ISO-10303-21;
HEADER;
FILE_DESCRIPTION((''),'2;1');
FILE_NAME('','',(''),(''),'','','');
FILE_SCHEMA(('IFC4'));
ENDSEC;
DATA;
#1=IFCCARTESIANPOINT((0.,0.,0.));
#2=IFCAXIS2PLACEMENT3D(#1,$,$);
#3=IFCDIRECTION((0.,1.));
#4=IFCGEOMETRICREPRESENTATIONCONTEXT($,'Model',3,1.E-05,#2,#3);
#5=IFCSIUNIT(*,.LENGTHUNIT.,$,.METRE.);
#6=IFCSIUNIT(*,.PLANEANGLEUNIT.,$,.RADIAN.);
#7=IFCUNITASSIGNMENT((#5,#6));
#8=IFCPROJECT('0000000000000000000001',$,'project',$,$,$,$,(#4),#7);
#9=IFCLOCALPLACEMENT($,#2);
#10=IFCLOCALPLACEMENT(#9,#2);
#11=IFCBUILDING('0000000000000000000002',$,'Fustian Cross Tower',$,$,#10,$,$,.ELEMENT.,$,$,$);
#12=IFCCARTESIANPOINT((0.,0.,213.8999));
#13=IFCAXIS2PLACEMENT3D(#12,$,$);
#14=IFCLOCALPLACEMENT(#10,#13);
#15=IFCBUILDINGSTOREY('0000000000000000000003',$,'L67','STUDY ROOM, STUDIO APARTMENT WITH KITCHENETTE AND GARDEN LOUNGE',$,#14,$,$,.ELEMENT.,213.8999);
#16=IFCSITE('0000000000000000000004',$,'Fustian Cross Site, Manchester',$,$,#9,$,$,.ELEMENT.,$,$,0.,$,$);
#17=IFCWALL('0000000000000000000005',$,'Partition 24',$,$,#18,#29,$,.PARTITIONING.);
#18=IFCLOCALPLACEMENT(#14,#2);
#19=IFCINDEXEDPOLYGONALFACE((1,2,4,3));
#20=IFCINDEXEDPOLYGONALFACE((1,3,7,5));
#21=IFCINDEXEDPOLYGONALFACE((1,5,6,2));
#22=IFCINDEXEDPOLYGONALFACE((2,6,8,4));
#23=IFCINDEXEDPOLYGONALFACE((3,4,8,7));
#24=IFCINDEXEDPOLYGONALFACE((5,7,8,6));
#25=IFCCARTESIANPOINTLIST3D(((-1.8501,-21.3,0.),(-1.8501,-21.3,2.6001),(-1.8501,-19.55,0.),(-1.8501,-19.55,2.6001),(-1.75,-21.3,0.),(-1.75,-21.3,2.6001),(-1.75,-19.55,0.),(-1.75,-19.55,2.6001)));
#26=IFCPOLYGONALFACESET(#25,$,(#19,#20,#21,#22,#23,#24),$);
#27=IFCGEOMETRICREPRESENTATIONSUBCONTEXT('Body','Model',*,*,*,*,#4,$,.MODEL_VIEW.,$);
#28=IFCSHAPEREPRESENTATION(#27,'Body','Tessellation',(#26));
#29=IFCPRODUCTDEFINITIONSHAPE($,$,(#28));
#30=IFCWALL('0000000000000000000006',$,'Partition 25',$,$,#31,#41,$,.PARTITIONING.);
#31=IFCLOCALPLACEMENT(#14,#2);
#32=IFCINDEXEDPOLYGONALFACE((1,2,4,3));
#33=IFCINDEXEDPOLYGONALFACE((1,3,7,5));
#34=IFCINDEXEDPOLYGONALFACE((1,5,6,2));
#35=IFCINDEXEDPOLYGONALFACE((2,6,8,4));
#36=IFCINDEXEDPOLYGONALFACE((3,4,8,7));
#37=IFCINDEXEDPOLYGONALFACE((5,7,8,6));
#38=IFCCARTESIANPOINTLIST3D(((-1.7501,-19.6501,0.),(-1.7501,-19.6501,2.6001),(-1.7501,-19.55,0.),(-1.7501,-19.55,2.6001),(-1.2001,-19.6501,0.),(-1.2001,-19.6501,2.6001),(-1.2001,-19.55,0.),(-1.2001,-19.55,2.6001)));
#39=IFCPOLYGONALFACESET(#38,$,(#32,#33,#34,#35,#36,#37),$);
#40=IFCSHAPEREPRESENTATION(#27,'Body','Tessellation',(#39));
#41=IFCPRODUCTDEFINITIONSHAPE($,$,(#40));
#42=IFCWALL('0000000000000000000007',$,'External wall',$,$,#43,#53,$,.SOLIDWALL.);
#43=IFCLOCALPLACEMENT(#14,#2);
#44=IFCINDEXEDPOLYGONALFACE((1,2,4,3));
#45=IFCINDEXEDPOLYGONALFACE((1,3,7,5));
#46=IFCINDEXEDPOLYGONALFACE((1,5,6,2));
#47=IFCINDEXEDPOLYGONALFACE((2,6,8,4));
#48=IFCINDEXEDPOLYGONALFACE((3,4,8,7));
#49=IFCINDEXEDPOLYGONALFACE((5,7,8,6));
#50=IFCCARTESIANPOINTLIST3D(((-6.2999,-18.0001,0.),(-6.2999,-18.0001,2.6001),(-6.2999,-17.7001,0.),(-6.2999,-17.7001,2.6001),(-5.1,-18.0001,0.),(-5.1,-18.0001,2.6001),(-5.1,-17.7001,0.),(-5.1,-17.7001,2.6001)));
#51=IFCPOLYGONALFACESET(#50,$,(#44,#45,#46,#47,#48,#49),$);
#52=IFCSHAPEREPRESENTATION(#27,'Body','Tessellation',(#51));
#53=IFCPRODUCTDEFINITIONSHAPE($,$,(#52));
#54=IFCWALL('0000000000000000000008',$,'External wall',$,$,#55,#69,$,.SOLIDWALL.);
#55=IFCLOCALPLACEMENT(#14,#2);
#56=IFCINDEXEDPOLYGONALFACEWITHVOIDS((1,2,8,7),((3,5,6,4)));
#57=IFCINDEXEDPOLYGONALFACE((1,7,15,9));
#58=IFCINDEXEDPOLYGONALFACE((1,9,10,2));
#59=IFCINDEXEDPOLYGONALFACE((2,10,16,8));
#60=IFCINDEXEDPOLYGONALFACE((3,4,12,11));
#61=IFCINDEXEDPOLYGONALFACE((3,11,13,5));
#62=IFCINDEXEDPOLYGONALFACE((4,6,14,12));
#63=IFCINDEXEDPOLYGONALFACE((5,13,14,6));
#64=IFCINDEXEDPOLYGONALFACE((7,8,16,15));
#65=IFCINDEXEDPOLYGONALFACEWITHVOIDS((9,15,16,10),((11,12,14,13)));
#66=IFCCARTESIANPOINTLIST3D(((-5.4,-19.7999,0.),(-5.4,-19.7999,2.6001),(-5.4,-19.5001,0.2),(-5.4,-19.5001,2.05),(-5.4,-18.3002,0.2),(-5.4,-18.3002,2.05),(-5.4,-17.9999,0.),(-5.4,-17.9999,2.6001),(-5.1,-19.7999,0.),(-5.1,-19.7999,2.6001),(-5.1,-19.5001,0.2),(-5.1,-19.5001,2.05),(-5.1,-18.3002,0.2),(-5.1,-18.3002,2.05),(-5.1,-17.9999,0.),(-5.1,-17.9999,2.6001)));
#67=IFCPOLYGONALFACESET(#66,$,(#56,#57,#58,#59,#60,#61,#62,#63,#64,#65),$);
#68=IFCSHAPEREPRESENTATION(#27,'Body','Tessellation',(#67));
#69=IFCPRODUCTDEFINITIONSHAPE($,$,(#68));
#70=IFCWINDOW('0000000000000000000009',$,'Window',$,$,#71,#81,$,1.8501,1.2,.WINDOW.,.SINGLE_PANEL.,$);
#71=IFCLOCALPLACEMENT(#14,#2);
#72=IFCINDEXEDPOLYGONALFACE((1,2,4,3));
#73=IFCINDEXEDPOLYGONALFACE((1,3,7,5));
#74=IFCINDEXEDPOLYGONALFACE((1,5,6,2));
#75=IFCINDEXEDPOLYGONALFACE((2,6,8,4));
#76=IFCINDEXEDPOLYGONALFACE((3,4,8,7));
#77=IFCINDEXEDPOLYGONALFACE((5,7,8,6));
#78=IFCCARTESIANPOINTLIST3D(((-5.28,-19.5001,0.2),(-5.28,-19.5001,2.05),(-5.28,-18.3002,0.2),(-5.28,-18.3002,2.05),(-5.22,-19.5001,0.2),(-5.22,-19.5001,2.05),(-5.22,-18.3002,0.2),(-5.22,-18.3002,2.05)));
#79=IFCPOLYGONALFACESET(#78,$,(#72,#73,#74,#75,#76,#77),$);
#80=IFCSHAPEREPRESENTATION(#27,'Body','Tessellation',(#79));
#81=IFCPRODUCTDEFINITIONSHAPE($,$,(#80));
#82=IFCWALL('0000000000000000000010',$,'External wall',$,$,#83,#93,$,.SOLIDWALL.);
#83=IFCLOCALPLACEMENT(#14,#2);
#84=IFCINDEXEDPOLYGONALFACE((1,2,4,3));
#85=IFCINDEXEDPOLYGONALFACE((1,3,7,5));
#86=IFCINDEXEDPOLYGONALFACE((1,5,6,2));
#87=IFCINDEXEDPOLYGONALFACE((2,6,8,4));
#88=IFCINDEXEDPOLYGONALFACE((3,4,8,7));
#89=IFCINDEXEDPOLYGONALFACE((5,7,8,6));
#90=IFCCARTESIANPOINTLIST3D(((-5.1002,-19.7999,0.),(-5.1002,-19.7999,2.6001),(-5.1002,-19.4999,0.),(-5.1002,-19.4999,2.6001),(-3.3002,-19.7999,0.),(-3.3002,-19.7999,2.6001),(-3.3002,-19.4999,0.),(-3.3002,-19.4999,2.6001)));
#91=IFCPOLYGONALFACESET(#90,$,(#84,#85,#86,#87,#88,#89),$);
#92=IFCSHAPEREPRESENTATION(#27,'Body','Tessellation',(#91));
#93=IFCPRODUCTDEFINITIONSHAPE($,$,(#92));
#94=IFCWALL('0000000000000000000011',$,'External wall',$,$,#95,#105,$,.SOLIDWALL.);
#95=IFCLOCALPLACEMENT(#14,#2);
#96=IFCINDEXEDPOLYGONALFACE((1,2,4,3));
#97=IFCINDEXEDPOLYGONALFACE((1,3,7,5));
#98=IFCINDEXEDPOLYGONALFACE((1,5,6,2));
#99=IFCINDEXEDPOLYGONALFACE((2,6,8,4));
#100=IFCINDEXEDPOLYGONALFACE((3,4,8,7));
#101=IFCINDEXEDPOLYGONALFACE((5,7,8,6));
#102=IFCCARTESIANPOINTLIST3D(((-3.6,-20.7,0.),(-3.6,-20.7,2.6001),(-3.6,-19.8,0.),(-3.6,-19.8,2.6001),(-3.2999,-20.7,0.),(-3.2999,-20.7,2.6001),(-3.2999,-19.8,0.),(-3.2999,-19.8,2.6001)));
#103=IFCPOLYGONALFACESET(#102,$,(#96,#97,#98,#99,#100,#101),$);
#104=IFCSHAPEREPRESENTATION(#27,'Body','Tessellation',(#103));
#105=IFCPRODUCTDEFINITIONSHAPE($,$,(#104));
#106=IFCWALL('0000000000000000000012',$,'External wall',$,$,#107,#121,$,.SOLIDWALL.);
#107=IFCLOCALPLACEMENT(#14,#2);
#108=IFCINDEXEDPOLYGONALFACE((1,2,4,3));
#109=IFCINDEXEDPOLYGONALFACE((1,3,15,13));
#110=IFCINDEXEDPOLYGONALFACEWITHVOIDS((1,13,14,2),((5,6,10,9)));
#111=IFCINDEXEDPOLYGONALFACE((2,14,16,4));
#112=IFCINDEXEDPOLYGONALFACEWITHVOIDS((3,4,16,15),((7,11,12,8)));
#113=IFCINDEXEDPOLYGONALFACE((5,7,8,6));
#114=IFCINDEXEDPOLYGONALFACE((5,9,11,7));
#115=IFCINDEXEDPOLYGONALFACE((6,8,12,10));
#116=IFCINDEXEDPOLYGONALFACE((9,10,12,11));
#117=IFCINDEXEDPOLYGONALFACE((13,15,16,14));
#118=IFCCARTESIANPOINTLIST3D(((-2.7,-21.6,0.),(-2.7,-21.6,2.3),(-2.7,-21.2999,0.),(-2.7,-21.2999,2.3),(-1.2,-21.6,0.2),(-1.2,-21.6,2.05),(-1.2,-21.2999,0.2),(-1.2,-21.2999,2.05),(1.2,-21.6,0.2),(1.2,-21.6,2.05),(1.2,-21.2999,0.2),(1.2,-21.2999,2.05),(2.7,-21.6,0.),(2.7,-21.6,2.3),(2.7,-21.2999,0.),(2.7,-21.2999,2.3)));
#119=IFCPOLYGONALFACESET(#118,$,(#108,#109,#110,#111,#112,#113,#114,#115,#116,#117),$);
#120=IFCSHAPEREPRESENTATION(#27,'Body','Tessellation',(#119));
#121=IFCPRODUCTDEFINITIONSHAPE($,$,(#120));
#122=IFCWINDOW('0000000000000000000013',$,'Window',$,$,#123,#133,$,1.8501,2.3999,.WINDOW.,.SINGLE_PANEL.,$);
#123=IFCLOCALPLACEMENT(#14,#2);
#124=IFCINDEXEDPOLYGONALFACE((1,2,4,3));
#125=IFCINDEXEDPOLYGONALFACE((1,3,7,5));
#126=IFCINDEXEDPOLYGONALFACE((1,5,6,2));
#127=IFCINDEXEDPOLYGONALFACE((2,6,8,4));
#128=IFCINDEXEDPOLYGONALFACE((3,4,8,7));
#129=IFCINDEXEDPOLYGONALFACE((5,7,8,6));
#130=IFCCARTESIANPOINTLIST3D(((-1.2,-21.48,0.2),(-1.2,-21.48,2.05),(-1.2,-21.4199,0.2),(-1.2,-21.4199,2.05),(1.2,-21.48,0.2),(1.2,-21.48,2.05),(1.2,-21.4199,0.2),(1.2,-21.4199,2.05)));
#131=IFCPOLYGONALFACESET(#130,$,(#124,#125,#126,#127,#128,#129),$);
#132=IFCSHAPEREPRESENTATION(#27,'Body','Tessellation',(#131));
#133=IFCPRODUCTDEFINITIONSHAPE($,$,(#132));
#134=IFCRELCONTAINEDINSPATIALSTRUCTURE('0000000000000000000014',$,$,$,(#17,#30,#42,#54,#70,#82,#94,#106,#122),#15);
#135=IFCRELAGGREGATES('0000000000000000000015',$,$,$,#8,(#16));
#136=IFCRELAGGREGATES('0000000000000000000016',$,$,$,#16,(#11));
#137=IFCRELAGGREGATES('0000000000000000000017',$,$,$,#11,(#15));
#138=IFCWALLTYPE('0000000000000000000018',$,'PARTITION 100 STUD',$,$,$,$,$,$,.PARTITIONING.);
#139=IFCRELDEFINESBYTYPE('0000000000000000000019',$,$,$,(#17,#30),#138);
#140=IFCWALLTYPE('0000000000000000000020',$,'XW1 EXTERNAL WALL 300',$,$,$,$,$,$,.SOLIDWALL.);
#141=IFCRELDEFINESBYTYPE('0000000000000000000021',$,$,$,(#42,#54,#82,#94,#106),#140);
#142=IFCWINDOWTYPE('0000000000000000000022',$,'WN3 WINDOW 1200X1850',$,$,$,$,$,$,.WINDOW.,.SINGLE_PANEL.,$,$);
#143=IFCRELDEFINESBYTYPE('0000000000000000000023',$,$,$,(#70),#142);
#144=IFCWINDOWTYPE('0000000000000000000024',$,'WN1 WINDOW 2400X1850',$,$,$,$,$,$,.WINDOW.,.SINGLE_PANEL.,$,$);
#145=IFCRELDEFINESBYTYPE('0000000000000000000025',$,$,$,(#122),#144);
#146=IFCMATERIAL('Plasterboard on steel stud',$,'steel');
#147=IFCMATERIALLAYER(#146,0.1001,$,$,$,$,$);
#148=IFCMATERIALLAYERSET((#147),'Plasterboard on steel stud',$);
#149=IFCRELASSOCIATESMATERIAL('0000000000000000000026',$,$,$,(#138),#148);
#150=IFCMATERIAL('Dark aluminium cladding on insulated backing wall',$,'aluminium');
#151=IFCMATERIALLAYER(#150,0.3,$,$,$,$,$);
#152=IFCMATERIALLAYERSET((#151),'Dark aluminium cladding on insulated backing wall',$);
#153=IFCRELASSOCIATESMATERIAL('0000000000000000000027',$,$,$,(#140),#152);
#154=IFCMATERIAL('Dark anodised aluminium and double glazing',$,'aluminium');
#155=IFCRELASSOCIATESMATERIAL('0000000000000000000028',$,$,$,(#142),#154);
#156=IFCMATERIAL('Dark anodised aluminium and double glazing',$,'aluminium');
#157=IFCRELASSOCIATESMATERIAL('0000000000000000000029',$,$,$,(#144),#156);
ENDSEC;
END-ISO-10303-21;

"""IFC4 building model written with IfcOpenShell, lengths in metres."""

from ifc_helpers import new_model, si_unit, direction, frame, frame_2d, origin, place, context, subcontext, project, spatial, rectangle, extrude, material, layer, layer_set, type_object, element, fill, save


model = new_model("IFC4")

# Units and contexts
model_context = context("Model", 3, precision=1e-05, world=origin(), true_north=direction((0.0, 1.0)))
body_context = subcontext(model_context, "Body", "Model", "MODEL_VIEW")
ifc_project = project(units=[si_unit("LENGTHUNIT", "METRE"), si_unit("PLANEANGLEUNIT", "RADIAN")], contexts=[model_context])

# Site, building, storey
site_placement = place(None, origin())
site = spatial("IfcSite", under=ifc_project, at=site_placement, Name="Fustian Cross Site, Manchester", CompositionType="ELEMENT", RefElevation=0.0)
building_placement = place(site_placement, origin())
building = spatial("IfcBuilding", under=site, at=building_placement, Name="Fustian Cross Tower", CompositionType="ELEMENT")
storey_placement = place(building_placement, frame((0.0, 0.0, 213.8999)))
storey = spatial("IfcBuildingStorey", under=building, at=storey_placement, Name="L67", Description="STUDY ROOM, STUDIO APARTMENT WITH KITCHENETTE AND GARDEN LOUNGE", CompositionType="ELEMENT", Elevation=213.8999)

# Walls
ifc_material_1 = material(Name="Plasterboard on steel stud", Category="steel")
ifc_layer_1 = layer(ifc_material_1, 0.1001)
ifc_layer_set_1 = layer_set([ifc_layer_1], Name="Plasterboard on steel stud")
wall_type_1 = type_object("IfcWallType", Name="PARTITION 100 STUD", PredefinedType="PARTITIONING", material=ifc_layer_set_1)
wall_1_placement = place(storey_placement, frame((-1.8, -21.3, 0.0), z_axis=(0.0, 0.0, 1.0), x_axis=(0.0, 1.0, 0.0)))
element("IfcWall", 1, at=wall_1_placement, inside=storey, type_object=wall_type_1, Name="Partition 24", PredefinedType="PARTITIONING", context=body_context, shape_type="SweptSolid", body=[
    extrude(rectangle(XDim=1.75, YDim=0.1001, at=frame_2d((0.875, 0.0))), origin(), (0.0, 0.0, 1.0), 2.6001),
])
wall_2_placement = place(storey_placement, frame((-1.75, -19.6001, 0.0), z_axis=(0.0, 0.0, 1.0), x_axis=(1.0, 0.0, 0.0)))
element("IfcWall", 2, at=wall_2_placement, inside=storey, type_object=wall_type_1, Name="Partition 25", PredefinedType="PARTITIONING", context=body_context, shape_type="SweptSolid", body=[
    extrude(rectangle(XDim=0.55, YDim=0.1001, at=frame_2d((0.2749, 0.0))), origin(), (0.0, 0.0, 1.0), 2.6001),
])
ifc_material_2 = material(Name="Dark aluminium cladding on insulated backing wall", Category="aluminium")
ifc_layer_2 = layer(ifc_material_2, 0.3)
ifc_layer_set_2 = layer_set([ifc_layer_2], Name="Dark aluminium cladding on insulated backing wall")
wall_type_2 = type_object("IfcWallType", Name="XW1 EXTERNAL WALL 300", PredefinedType="SOLIDWALL", material=ifc_layer_set_2)
wall_3_placement = place(storey_placement, frame((-6.3, -17.8501, 0.0), z_axis=(0.0, 0.0, 1.0), x_axis=(1.0, 0.0, 0.0)))
element("IfcWall", 3, at=wall_3_placement, inside=storey, type_object=wall_type_2, Name="External wall", PredefinedType="SOLIDWALL", context=body_context, shape_type="SweptSolid", body=[
    extrude(rectangle(XDim=1.2, YDim=0.3, at=frame_2d((0.6001, 0.0))), origin(), (0.0, 0.0, 1.0), 2.6001),
])

# Wall, opening, window
wall_4_placement = place(storey_placement, frame((-5.25, -18.0, 0.0), z_axis=(0.0, 0.0, 1.0), x_axis=(0.0, -1.0, 0.0)))
wall_4 = element("IfcWall", 4, at=wall_4_placement, inside=storey, type_object=wall_type_2, Name="External wall", PredefinedType="SOLIDWALL", context=body_context, shape_type="SweptSolid", body=[
    extrude(rectangle(XDim=1.8, YDim=0.3, at=frame_2d((0.8999, 0.0))), origin(), (0.0, 0.0, 1.0), 2.6001),
])
opening_1_placement = place(wall_4_placement, frame((0.3, 0.0, 0.2)))
opening_1 = element("IfcOpeningElement", 5, at=opening_1_placement, cuts=wall_4, PredefinedType="OPENING", context=body_context, shape_type="SweptSolid", body=[
    extrude(rectangle(XDim=1.2, YDim=1.8501, at=frame_2d((0.6001, 0.925))), frame((0.0, 0.1599, 0.0), z_axis=(0.0, -1.0, 0.0), x_axis=(1.0, 0.0, 0.0)), (0.0, 0.0, 1.0), 0.3201),
])
ifc_material_3 = material(Name="Dark anodised aluminium and double glazing", Category="aluminium")
window_type_1 = type_object("IfcWindowType", Name="WN3 WINDOW 1200X1850", PartitioningType="SINGLE_PANEL", PredefinedType="WINDOW", material=ifc_material_3)
window_1_placement = place(opening_1_placement, origin())
window_1 = element("IfcWindow", 6, at=window_1_placement, inside=storey, type_object=window_type_1, Name="Window", OverallHeight=1.8501, OverallWidth=1.2, PartitioningType="SINGLE_PANEL", PredefinedType="WINDOW", context=body_context, shape_type="SweptSolid", body=[
    extrude(rectangle(XDim=1.2, YDim=1.8501, at=frame_2d((0.6001, 0.925))), frame((0.0, 0.03, 0.0), z_axis=(0.0, -1.0, 0.0), x_axis=(1.0, 0.0, 0.0)), (0.0, 0.0, 1.0), 0.0601),
])
fill(opening_1, window_1)

# Walls
wall_5_placement = place(storey_placement, frame((-5.1001, -19.6499, 0.0), z_axis=(0.0, 0.0, 1.0), x_axis=(1.0, 0.0, 0.0)))
element("IfcWall", 7, at=wall_5_placement, inside=storey, type_object=wall_type_2, Name="External wall", PredefinedType="SOLIDWALL", context=body_context, shape_type="SweptSolid", body=[
    extrude(rectangle(XDim=1.8, YDim=0.3, at=frame_2d((0.8999, 0.0))), origin(), (0.0, 0.0, 1.0), 2.6001),
])
wall_6_placement = place(storey_placement, frame((-3.45, -19.8, 0.0), z_axis=(0.0, 0.0, 1.0), x_axis=(0.0, -1.0, 0.0)))
element("IfcWall", 8, at=wall_6_placement, inside=storey, type_object=wall_type_2, Name="External wall", PredefinedType="SOLIDWALL", context=body_context, shape_type="SweptSolid", body=[
    extrude(rectangle(XDim=0.8999, YDim=0.3, at=frame_2d((0.45, 0.0))), origin(), (0.0, 0.0, 1.0), 2.6001),
])

# Wall, opening, window
wall_7_placement = place(storey_placement, frame((-2.7, -21.45, 0.0), z_axis=(0.0, 0.0, 1.0), x_axis=(1.0, 0.0, 0.0)))
wall_7 = element("IfcWall", 9, at=wall_7_placement, inside=storey, type_object=wall_type_2, Name="External wall", PredefinedType="SOLIDWALL", context=body_context, shape_type="SweptSolid", body=[
    extrude(rectangle(XDim=5.3999, YDim=0.3, at=frame_2d((2.7, 0.0))), origin(), (0.0, 0.0, 1.0), 2.3),
])
opening_2_placement = place(wall_7_placement, frame((1.5, 0.0, 0.2)))
opening_2 = element("IfcOpeningElement", 10, at=opening_2_placement, cuts=wall_7, PredefinedType="OPENING", context=body_context, shape_type="SweptSolid", body=[
    extrude(rectangle(XDim=2.3999, YDim=1.8501, at=frame_2d((1.2, 0.925))), frame((0.0, 0.1599, 0.0), z_axis=(0.0, -1.0, 0.0), x_axis=(1.0, 0.0, 0.0)), (0.0, 0.0, 1.0), 0.3201),
])
ifc_material_4 = material(Name="Dark anodised aluminium and double glazing", Category="aluminium")
window_type_2 = type_object("IfcWindowType", Name="WN1 WINDOW 2400X1850", PartitioningType="SINGLE_PANEL", PredefinedType="WINDOW", material=ifc_material_4)
window_2_placement = place(opening_2_placement, origin())
window_2 = element("IfcWindow", 11, at=window_2_placement, inside=storey, type_object=window_type_2, Name="Window", OverallHeight=1.8501, OverallWidth=2.3999, PartitioningType="SINGLE_PANEL", PredefinedType="WINDOW", context=body_context, shape_type="SweptSolid", body=[
    extrude(rectangle(XDim=2.3999, YDim=1.8501, at=frame_2d((1.2, 0.925))), frame((0.0, 0.03, 0.0), z_axis=(0.0, -1.0, 0.0), x_axis=(1.0, 0.0, 0.0)), (0.0, 0.0, 1.0), 0.0601),
])
fill(opening_2, window_2)

save(model, "model.ifc")
